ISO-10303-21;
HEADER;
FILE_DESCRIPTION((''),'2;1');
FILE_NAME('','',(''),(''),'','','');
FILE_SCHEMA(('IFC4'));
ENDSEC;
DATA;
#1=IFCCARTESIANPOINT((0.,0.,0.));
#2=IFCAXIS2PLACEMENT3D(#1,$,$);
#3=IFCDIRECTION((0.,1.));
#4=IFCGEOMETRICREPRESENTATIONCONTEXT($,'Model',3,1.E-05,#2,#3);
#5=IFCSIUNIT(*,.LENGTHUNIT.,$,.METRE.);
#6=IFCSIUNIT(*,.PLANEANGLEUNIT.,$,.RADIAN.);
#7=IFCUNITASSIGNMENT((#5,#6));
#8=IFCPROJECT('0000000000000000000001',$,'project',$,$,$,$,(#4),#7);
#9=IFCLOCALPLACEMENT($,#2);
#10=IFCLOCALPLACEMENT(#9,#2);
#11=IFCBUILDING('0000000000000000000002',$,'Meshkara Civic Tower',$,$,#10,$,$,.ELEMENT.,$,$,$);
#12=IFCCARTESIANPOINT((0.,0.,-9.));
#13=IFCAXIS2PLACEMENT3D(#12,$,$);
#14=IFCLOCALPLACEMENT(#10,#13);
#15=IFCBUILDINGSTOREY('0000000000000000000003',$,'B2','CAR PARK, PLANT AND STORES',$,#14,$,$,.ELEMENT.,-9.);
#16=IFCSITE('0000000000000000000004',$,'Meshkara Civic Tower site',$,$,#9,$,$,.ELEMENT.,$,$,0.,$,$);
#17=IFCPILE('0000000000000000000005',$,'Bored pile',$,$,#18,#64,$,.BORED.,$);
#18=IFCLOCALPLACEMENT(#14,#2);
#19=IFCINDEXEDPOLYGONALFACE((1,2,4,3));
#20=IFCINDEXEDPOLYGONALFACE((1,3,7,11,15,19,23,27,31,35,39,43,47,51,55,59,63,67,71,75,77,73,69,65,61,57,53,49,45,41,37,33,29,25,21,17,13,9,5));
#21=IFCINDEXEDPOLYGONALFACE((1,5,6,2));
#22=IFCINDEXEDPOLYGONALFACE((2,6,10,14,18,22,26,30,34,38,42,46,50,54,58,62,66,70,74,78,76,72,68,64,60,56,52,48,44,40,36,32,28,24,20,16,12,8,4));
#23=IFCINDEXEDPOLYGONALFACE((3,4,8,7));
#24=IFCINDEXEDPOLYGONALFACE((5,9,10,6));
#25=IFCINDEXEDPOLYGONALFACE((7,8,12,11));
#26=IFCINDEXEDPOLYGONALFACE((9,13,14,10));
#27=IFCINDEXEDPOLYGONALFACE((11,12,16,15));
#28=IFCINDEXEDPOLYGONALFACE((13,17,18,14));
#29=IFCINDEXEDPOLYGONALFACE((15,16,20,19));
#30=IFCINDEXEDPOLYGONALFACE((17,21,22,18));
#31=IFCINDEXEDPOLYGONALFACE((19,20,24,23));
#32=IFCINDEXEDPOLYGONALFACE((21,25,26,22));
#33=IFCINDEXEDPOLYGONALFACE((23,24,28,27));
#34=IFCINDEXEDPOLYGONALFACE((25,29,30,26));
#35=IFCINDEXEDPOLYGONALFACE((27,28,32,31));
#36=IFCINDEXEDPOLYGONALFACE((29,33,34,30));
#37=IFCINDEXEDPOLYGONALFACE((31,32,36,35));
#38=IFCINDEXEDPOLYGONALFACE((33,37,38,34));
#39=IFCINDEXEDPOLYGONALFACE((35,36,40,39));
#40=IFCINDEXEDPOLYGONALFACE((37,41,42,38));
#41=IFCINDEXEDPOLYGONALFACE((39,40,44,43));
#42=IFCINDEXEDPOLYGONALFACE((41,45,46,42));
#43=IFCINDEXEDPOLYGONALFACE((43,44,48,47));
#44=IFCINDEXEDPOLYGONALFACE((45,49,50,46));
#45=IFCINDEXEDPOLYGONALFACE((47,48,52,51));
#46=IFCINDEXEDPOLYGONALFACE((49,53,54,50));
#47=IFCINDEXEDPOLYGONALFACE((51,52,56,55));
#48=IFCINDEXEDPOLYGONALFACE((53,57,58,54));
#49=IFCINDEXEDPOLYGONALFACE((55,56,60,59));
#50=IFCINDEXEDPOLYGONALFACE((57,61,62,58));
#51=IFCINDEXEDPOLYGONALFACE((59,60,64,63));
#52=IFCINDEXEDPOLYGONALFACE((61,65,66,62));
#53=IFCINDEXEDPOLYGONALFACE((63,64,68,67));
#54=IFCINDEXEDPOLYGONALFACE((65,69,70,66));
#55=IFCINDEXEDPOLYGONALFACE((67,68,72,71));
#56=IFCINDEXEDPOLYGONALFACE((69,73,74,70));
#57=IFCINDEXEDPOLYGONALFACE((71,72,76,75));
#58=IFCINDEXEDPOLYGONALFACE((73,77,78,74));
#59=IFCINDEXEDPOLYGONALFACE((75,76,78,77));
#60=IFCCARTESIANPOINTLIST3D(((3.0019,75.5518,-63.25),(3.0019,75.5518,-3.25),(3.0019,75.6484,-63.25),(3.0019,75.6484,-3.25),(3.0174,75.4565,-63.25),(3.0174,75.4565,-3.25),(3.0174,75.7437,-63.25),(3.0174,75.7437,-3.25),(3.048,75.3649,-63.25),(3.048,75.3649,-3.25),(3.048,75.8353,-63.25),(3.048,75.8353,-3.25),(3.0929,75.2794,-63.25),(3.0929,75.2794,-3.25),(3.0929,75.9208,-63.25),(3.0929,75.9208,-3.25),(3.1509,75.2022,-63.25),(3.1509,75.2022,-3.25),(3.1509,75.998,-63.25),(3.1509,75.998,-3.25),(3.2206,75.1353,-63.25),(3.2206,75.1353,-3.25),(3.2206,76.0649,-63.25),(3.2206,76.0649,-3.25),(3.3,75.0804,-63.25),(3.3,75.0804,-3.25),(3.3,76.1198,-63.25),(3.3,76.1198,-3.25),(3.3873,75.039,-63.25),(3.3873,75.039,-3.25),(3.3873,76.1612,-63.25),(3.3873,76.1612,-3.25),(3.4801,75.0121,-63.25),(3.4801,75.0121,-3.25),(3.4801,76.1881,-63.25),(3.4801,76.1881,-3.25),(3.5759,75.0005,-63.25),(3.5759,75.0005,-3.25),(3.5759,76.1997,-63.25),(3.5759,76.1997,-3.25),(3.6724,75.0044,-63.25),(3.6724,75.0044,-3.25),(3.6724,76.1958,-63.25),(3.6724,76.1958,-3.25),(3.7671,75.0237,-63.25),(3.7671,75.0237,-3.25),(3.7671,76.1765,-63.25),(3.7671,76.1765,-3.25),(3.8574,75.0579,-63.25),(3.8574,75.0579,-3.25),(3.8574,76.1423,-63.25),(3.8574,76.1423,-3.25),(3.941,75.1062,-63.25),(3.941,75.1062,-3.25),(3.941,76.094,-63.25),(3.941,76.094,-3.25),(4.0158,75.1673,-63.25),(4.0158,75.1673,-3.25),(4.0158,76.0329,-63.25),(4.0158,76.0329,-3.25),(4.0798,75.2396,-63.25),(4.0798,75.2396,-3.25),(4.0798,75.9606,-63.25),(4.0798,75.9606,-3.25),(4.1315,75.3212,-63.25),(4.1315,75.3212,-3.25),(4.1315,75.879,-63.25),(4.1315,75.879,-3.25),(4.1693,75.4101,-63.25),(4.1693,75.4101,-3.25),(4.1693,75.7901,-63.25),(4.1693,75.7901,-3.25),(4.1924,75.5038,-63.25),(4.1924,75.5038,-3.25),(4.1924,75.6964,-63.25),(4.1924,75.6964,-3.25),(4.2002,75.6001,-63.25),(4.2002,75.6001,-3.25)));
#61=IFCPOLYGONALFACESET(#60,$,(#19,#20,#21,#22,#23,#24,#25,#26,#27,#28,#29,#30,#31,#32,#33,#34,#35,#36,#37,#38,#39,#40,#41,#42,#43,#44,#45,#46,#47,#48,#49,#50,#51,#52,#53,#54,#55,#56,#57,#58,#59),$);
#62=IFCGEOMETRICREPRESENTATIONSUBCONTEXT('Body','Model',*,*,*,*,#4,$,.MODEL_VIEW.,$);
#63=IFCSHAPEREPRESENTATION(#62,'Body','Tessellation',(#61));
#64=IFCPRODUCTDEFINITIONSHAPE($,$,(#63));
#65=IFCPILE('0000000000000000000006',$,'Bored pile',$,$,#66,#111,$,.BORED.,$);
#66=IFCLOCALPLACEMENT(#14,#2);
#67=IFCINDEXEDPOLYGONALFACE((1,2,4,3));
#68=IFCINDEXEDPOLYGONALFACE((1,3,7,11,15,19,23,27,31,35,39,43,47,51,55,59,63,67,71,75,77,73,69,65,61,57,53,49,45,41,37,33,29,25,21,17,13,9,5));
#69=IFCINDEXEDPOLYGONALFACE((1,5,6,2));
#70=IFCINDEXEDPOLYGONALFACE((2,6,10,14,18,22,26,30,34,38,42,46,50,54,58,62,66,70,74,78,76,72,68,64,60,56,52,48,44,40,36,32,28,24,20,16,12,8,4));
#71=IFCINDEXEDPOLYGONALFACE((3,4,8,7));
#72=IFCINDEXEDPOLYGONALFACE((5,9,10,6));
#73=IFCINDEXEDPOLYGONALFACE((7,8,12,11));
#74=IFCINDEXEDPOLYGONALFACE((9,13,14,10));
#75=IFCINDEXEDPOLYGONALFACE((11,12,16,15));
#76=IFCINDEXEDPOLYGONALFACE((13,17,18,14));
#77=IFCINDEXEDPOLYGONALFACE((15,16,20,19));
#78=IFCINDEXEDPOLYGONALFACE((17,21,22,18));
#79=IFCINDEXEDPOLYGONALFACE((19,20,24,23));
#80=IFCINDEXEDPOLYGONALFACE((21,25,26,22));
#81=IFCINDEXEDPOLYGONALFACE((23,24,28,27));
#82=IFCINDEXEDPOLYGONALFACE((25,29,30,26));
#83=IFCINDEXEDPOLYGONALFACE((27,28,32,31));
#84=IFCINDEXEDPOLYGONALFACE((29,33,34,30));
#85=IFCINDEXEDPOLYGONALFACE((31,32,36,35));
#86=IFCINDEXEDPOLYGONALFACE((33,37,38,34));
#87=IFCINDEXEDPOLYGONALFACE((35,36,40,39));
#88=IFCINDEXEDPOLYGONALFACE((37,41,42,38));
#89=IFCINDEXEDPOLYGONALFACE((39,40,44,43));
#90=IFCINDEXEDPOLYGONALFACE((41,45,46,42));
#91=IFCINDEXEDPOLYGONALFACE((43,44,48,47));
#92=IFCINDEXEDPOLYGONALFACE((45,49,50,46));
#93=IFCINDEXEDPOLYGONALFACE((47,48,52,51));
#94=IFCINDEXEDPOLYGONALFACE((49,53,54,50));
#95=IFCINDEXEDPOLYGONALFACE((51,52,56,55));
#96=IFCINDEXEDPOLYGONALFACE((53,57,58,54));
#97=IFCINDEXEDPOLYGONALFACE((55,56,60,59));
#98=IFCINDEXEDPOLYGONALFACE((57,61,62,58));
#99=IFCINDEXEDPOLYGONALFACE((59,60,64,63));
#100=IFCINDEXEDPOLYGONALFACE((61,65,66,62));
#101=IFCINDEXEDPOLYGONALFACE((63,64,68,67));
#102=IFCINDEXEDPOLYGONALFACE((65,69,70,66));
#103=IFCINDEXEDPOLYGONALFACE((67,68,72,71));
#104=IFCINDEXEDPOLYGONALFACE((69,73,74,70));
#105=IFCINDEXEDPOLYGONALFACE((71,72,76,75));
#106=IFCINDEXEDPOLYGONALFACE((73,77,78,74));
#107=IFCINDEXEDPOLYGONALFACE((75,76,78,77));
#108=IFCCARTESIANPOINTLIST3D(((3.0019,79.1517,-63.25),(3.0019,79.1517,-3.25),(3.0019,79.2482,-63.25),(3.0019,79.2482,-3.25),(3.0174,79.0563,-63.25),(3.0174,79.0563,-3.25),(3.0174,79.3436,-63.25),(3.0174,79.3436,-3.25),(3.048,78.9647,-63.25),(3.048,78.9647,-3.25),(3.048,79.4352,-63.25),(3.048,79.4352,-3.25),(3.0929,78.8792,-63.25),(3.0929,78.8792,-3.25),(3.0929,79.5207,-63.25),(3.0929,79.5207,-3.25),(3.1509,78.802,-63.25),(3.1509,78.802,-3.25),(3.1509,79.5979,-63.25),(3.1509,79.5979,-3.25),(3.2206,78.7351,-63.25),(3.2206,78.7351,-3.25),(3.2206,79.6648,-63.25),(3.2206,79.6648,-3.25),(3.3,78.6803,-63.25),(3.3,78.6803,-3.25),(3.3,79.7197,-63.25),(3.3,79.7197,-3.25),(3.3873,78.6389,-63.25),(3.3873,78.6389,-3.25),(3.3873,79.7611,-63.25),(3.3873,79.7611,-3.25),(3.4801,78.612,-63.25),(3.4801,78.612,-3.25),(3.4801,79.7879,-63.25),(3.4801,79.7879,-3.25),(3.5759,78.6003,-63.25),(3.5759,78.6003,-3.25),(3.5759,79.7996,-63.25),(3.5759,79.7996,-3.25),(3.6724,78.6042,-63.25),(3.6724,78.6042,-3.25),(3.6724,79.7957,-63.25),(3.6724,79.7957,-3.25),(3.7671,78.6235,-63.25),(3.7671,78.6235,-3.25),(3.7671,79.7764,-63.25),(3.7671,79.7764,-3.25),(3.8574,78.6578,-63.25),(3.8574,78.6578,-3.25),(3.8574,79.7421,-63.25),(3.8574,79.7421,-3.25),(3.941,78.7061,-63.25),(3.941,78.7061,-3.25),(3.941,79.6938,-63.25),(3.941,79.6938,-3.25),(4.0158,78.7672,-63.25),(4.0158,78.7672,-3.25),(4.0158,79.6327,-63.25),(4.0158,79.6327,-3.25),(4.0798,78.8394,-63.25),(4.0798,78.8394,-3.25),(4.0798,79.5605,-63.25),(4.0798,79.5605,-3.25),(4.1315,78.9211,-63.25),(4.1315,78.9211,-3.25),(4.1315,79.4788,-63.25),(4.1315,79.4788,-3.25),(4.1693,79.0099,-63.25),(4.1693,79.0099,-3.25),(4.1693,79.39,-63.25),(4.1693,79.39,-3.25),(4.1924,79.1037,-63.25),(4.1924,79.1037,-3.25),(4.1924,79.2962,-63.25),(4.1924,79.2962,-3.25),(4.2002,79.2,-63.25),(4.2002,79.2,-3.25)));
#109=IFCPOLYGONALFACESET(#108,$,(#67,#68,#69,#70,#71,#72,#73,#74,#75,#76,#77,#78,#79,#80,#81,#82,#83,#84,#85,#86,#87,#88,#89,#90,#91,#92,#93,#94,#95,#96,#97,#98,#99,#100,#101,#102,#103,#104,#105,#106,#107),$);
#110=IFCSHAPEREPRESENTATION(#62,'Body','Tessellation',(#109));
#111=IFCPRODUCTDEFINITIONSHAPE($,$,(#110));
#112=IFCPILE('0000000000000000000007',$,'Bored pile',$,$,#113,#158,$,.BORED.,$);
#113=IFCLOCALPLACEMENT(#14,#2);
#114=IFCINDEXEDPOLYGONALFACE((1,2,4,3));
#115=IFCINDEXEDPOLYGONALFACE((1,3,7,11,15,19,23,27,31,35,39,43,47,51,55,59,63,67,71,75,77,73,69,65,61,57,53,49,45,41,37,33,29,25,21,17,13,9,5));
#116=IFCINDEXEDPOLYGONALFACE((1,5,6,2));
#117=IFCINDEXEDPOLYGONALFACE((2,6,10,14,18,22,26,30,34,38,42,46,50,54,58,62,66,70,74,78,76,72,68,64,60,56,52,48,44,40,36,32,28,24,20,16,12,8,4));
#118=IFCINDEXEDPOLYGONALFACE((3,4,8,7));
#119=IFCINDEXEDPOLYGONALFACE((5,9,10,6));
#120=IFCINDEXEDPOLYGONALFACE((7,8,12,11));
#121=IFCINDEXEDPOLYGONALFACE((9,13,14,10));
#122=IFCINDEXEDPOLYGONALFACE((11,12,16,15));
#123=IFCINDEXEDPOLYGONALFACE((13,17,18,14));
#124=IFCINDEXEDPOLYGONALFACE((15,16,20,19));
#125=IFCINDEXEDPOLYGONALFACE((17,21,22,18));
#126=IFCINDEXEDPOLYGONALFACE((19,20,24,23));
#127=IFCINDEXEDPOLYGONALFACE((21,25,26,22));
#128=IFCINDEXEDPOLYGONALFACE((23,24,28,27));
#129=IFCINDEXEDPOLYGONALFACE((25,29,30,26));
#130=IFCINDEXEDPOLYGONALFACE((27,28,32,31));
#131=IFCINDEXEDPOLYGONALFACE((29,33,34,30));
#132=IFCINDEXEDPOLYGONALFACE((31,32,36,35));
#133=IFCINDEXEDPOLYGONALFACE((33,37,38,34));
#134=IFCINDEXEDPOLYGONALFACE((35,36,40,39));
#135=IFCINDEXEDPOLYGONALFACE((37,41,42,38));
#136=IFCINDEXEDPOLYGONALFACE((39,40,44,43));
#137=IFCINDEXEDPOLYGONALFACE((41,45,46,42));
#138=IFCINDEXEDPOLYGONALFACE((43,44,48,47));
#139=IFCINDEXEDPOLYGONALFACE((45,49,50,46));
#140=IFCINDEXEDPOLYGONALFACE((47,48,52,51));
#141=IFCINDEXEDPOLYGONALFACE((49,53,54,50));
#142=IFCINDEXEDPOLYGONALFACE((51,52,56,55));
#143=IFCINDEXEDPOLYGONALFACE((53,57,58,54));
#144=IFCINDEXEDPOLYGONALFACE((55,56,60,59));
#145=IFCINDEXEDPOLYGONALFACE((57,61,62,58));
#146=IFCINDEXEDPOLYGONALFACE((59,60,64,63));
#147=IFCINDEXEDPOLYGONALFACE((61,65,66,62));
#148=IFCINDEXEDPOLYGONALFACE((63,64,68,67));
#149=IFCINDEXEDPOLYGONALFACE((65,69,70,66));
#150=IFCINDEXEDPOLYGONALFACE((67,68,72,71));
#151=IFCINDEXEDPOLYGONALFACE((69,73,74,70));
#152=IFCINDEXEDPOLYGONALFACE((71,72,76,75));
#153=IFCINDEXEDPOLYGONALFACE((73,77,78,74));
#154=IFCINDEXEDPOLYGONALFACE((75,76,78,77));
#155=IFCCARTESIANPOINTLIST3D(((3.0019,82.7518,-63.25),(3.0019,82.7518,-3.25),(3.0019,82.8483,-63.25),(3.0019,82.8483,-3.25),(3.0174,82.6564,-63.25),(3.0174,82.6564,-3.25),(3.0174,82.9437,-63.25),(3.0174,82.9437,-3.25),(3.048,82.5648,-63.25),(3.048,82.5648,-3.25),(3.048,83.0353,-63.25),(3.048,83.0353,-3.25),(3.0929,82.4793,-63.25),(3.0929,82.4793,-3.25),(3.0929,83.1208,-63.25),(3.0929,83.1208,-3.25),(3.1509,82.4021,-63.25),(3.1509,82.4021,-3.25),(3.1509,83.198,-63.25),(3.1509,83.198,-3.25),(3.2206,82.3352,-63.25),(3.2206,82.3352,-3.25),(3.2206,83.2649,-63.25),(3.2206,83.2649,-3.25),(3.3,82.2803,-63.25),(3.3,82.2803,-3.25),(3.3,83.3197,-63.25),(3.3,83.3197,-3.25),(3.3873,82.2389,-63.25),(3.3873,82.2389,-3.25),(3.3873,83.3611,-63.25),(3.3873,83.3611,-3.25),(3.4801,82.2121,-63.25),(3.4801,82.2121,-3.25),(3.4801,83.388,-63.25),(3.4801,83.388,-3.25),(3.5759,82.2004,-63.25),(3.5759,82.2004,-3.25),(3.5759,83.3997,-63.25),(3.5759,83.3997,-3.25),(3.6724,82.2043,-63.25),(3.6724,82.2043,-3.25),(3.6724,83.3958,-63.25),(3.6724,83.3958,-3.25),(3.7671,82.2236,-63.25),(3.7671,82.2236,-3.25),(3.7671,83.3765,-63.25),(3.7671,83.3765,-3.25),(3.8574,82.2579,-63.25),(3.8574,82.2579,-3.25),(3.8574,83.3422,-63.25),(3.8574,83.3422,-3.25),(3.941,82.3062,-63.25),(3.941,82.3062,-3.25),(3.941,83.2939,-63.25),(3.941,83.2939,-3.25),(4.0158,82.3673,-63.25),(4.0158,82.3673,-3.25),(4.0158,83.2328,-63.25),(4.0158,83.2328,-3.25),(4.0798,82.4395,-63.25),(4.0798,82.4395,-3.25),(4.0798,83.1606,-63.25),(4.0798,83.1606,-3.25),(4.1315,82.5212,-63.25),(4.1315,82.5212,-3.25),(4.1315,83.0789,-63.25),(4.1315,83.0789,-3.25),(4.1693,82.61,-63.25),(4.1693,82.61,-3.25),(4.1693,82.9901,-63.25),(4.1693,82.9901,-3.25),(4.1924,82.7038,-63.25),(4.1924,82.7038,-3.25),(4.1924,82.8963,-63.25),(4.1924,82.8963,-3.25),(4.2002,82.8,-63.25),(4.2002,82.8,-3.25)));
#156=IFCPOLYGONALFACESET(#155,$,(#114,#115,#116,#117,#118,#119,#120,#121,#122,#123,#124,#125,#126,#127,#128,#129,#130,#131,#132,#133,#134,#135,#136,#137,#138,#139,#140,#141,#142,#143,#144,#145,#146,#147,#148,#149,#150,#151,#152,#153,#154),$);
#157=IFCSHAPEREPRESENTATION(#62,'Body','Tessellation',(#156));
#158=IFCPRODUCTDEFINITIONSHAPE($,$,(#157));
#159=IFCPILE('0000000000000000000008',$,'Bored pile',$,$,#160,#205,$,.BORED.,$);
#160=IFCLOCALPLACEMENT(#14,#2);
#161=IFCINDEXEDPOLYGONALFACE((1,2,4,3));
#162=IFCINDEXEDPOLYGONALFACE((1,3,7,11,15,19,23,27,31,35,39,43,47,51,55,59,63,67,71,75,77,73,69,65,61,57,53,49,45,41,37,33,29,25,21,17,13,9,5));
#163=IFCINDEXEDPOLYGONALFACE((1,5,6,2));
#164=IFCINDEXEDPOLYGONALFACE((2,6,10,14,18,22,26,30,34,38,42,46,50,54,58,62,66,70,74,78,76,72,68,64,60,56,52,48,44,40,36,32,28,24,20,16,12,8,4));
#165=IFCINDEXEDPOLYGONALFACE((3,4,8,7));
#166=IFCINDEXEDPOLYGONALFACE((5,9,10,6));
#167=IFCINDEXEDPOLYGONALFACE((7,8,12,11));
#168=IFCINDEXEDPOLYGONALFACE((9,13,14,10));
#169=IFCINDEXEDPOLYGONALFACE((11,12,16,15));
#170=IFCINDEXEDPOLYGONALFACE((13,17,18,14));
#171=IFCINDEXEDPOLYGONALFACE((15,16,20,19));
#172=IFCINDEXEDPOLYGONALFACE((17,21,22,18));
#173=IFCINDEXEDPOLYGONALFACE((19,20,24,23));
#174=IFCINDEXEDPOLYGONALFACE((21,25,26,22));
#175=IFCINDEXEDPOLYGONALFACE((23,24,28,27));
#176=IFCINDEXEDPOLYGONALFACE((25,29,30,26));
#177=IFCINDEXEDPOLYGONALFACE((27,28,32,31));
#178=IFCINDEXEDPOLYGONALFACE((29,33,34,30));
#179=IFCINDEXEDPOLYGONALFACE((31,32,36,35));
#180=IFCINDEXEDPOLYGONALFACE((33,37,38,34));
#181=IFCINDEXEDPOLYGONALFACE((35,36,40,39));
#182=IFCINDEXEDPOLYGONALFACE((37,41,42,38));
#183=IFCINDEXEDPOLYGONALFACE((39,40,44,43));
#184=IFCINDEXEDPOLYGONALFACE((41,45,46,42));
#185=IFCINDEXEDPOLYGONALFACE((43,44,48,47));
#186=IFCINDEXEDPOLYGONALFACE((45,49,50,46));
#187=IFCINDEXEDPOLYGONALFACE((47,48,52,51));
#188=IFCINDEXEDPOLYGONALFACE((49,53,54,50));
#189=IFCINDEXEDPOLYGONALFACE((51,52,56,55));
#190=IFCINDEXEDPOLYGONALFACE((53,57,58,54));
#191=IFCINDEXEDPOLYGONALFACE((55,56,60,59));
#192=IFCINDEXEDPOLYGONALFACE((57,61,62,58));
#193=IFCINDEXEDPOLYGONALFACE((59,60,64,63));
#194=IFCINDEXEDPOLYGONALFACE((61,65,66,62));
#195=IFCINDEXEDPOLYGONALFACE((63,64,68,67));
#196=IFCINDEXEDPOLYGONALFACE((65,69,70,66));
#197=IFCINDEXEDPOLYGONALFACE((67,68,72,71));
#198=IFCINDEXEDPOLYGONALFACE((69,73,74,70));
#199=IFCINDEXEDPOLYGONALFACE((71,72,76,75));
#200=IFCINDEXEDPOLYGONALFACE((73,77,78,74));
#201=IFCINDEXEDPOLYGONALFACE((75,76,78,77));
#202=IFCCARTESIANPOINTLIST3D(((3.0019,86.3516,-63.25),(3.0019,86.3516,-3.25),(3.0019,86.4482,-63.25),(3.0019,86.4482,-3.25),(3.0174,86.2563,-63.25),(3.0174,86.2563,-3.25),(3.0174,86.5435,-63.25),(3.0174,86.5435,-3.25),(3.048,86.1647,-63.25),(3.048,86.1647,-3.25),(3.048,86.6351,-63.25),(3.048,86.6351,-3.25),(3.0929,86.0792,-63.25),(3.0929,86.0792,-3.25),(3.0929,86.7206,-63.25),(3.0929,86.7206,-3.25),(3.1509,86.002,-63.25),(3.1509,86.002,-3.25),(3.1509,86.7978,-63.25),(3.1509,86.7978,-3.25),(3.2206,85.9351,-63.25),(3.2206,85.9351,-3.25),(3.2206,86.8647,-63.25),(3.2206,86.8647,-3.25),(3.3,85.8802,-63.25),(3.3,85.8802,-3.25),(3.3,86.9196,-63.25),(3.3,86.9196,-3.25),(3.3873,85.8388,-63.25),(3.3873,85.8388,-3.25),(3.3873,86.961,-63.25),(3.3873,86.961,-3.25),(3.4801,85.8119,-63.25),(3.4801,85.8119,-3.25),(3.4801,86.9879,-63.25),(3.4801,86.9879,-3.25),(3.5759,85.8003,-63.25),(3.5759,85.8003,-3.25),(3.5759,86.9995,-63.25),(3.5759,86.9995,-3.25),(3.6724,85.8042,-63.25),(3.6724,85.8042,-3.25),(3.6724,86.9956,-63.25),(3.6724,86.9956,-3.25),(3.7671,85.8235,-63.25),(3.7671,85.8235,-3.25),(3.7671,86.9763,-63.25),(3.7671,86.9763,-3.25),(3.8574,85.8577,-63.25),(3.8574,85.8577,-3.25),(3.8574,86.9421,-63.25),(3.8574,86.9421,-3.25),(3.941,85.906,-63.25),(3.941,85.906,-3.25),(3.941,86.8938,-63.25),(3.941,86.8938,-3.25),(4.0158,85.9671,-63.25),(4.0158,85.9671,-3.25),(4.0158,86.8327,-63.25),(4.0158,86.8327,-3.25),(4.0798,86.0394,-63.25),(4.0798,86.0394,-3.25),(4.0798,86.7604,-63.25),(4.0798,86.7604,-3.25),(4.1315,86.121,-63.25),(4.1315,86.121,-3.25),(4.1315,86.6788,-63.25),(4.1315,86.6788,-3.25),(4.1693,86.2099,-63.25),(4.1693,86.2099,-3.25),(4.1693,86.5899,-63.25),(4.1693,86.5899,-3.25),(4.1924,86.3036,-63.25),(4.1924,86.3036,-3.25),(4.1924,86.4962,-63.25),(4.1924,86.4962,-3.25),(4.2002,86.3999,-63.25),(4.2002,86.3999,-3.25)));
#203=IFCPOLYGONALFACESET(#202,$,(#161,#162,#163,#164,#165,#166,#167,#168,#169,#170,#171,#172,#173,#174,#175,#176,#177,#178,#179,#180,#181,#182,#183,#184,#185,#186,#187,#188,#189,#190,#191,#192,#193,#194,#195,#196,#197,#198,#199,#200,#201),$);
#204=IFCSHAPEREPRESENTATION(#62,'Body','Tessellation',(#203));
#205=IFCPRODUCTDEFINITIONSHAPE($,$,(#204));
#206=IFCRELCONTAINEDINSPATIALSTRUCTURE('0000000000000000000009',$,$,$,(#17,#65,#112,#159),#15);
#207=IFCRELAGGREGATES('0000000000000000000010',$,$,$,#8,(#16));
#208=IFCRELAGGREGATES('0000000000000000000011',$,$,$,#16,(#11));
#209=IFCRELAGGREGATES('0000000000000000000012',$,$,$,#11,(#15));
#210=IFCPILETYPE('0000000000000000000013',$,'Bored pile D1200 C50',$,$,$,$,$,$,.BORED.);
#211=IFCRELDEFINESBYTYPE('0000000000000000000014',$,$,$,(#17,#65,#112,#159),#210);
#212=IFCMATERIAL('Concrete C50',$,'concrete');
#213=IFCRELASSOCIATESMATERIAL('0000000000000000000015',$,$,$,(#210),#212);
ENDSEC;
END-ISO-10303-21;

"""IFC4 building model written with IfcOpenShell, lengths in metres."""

from ifc_helpers import new_model, si_unit, direction, frame, origin, origin_2d, place, context, subcontext, project, spatial, circle, extrude, material, material_profile, profile_set, type_object, element, save


model = new_model("IFC4")

# Units and contexts
model_context = context("Model", 3, precision=1e-05, world=origin(), true_north=direction((0.0, 1.0)))
body_context = subcontext(model_context, "Body", "Model", "MODEL_VIEW")
ifc_project = project(units=[si_unit("LENGTHUNIT", "METRE"), si_unit("PLANEANGLEUNIT", "RADIAN")], contexts=[model_context])

# Site, building, storey
site_placement = place(None, origin())
site = spatial("IfcSite", under=ifc_project, at=site_placement, Name="Meshkara Civic Tower site", CompositionType="ELEMENT", RefElevation=0.0)
building_placement = place(site_placement, origin())
building = spatial("IfcBuilding", under=site, at=building_placement, Name="Meshkara Civic Tower", CompositionType="ELEMENT")
storey_placement = place(building_placement, frame((0.0, 0.0, -9.0)))
storey = spatial("IfcBuildingStorey", under=building, at=storey_placement, Name="B2", Description="CAR PARK, PLANT AND STORES", CompositionType="ELEMENT", Elevation=-9.0)

# Piles
ifc_material_1 = material(Name="Concrete C50", Category="concrete")
ifc_material_profile_1 = material_profile(ifc_material_1, circle(Radius=0.6001, at=origin_2d()))
ifc_profile_set_1 = profile_set([ifc_material_profile_1], Name="Concrete C50")
pile_type = type_object("IfcPileType", Name="Bored pile D1200 C50", PredefinedType="BORED", material=ifc_profile_set_1)
for number, where, z_axis, x_axis, name in (
    (1, (3.6001, 75.6001, -3.25), (0.0, 0.0, -1.0), (1.0, 0.0, 0.0), "Bored pile"),
    (2, (3.6001, 79.2, -3.25), (0.0, 0.0, -1.0), (1.0, 0.0, 0.0), "Bored pile"),
    (3, (3.6001, 82.8, -3.25), (0.0, 0.0, -1.0), (1.0, 0.0, 0.0), "Bored pile"),
    (4, (3.6001, 86.3999, -3.25), (0.0, 0.0, -1.0), (1.0, 0.0, 0.0), "Bored pile"),
):
    element("IfcPile", number, at=place(storey_placement, frame(where, z_axis=z_axis, x_axis=x_axis)), inside=storey, type_object=pile_type, Name=name, PredefinedType="BORED", context=body_context, shape_type="SweptSolid", body=[
        extrude(circle(Radius=0.6001, at=origin_2d()), origin(), (0.0, 0.0, 1.0), 60.0),
    ])

save(model, "model.ifc")
